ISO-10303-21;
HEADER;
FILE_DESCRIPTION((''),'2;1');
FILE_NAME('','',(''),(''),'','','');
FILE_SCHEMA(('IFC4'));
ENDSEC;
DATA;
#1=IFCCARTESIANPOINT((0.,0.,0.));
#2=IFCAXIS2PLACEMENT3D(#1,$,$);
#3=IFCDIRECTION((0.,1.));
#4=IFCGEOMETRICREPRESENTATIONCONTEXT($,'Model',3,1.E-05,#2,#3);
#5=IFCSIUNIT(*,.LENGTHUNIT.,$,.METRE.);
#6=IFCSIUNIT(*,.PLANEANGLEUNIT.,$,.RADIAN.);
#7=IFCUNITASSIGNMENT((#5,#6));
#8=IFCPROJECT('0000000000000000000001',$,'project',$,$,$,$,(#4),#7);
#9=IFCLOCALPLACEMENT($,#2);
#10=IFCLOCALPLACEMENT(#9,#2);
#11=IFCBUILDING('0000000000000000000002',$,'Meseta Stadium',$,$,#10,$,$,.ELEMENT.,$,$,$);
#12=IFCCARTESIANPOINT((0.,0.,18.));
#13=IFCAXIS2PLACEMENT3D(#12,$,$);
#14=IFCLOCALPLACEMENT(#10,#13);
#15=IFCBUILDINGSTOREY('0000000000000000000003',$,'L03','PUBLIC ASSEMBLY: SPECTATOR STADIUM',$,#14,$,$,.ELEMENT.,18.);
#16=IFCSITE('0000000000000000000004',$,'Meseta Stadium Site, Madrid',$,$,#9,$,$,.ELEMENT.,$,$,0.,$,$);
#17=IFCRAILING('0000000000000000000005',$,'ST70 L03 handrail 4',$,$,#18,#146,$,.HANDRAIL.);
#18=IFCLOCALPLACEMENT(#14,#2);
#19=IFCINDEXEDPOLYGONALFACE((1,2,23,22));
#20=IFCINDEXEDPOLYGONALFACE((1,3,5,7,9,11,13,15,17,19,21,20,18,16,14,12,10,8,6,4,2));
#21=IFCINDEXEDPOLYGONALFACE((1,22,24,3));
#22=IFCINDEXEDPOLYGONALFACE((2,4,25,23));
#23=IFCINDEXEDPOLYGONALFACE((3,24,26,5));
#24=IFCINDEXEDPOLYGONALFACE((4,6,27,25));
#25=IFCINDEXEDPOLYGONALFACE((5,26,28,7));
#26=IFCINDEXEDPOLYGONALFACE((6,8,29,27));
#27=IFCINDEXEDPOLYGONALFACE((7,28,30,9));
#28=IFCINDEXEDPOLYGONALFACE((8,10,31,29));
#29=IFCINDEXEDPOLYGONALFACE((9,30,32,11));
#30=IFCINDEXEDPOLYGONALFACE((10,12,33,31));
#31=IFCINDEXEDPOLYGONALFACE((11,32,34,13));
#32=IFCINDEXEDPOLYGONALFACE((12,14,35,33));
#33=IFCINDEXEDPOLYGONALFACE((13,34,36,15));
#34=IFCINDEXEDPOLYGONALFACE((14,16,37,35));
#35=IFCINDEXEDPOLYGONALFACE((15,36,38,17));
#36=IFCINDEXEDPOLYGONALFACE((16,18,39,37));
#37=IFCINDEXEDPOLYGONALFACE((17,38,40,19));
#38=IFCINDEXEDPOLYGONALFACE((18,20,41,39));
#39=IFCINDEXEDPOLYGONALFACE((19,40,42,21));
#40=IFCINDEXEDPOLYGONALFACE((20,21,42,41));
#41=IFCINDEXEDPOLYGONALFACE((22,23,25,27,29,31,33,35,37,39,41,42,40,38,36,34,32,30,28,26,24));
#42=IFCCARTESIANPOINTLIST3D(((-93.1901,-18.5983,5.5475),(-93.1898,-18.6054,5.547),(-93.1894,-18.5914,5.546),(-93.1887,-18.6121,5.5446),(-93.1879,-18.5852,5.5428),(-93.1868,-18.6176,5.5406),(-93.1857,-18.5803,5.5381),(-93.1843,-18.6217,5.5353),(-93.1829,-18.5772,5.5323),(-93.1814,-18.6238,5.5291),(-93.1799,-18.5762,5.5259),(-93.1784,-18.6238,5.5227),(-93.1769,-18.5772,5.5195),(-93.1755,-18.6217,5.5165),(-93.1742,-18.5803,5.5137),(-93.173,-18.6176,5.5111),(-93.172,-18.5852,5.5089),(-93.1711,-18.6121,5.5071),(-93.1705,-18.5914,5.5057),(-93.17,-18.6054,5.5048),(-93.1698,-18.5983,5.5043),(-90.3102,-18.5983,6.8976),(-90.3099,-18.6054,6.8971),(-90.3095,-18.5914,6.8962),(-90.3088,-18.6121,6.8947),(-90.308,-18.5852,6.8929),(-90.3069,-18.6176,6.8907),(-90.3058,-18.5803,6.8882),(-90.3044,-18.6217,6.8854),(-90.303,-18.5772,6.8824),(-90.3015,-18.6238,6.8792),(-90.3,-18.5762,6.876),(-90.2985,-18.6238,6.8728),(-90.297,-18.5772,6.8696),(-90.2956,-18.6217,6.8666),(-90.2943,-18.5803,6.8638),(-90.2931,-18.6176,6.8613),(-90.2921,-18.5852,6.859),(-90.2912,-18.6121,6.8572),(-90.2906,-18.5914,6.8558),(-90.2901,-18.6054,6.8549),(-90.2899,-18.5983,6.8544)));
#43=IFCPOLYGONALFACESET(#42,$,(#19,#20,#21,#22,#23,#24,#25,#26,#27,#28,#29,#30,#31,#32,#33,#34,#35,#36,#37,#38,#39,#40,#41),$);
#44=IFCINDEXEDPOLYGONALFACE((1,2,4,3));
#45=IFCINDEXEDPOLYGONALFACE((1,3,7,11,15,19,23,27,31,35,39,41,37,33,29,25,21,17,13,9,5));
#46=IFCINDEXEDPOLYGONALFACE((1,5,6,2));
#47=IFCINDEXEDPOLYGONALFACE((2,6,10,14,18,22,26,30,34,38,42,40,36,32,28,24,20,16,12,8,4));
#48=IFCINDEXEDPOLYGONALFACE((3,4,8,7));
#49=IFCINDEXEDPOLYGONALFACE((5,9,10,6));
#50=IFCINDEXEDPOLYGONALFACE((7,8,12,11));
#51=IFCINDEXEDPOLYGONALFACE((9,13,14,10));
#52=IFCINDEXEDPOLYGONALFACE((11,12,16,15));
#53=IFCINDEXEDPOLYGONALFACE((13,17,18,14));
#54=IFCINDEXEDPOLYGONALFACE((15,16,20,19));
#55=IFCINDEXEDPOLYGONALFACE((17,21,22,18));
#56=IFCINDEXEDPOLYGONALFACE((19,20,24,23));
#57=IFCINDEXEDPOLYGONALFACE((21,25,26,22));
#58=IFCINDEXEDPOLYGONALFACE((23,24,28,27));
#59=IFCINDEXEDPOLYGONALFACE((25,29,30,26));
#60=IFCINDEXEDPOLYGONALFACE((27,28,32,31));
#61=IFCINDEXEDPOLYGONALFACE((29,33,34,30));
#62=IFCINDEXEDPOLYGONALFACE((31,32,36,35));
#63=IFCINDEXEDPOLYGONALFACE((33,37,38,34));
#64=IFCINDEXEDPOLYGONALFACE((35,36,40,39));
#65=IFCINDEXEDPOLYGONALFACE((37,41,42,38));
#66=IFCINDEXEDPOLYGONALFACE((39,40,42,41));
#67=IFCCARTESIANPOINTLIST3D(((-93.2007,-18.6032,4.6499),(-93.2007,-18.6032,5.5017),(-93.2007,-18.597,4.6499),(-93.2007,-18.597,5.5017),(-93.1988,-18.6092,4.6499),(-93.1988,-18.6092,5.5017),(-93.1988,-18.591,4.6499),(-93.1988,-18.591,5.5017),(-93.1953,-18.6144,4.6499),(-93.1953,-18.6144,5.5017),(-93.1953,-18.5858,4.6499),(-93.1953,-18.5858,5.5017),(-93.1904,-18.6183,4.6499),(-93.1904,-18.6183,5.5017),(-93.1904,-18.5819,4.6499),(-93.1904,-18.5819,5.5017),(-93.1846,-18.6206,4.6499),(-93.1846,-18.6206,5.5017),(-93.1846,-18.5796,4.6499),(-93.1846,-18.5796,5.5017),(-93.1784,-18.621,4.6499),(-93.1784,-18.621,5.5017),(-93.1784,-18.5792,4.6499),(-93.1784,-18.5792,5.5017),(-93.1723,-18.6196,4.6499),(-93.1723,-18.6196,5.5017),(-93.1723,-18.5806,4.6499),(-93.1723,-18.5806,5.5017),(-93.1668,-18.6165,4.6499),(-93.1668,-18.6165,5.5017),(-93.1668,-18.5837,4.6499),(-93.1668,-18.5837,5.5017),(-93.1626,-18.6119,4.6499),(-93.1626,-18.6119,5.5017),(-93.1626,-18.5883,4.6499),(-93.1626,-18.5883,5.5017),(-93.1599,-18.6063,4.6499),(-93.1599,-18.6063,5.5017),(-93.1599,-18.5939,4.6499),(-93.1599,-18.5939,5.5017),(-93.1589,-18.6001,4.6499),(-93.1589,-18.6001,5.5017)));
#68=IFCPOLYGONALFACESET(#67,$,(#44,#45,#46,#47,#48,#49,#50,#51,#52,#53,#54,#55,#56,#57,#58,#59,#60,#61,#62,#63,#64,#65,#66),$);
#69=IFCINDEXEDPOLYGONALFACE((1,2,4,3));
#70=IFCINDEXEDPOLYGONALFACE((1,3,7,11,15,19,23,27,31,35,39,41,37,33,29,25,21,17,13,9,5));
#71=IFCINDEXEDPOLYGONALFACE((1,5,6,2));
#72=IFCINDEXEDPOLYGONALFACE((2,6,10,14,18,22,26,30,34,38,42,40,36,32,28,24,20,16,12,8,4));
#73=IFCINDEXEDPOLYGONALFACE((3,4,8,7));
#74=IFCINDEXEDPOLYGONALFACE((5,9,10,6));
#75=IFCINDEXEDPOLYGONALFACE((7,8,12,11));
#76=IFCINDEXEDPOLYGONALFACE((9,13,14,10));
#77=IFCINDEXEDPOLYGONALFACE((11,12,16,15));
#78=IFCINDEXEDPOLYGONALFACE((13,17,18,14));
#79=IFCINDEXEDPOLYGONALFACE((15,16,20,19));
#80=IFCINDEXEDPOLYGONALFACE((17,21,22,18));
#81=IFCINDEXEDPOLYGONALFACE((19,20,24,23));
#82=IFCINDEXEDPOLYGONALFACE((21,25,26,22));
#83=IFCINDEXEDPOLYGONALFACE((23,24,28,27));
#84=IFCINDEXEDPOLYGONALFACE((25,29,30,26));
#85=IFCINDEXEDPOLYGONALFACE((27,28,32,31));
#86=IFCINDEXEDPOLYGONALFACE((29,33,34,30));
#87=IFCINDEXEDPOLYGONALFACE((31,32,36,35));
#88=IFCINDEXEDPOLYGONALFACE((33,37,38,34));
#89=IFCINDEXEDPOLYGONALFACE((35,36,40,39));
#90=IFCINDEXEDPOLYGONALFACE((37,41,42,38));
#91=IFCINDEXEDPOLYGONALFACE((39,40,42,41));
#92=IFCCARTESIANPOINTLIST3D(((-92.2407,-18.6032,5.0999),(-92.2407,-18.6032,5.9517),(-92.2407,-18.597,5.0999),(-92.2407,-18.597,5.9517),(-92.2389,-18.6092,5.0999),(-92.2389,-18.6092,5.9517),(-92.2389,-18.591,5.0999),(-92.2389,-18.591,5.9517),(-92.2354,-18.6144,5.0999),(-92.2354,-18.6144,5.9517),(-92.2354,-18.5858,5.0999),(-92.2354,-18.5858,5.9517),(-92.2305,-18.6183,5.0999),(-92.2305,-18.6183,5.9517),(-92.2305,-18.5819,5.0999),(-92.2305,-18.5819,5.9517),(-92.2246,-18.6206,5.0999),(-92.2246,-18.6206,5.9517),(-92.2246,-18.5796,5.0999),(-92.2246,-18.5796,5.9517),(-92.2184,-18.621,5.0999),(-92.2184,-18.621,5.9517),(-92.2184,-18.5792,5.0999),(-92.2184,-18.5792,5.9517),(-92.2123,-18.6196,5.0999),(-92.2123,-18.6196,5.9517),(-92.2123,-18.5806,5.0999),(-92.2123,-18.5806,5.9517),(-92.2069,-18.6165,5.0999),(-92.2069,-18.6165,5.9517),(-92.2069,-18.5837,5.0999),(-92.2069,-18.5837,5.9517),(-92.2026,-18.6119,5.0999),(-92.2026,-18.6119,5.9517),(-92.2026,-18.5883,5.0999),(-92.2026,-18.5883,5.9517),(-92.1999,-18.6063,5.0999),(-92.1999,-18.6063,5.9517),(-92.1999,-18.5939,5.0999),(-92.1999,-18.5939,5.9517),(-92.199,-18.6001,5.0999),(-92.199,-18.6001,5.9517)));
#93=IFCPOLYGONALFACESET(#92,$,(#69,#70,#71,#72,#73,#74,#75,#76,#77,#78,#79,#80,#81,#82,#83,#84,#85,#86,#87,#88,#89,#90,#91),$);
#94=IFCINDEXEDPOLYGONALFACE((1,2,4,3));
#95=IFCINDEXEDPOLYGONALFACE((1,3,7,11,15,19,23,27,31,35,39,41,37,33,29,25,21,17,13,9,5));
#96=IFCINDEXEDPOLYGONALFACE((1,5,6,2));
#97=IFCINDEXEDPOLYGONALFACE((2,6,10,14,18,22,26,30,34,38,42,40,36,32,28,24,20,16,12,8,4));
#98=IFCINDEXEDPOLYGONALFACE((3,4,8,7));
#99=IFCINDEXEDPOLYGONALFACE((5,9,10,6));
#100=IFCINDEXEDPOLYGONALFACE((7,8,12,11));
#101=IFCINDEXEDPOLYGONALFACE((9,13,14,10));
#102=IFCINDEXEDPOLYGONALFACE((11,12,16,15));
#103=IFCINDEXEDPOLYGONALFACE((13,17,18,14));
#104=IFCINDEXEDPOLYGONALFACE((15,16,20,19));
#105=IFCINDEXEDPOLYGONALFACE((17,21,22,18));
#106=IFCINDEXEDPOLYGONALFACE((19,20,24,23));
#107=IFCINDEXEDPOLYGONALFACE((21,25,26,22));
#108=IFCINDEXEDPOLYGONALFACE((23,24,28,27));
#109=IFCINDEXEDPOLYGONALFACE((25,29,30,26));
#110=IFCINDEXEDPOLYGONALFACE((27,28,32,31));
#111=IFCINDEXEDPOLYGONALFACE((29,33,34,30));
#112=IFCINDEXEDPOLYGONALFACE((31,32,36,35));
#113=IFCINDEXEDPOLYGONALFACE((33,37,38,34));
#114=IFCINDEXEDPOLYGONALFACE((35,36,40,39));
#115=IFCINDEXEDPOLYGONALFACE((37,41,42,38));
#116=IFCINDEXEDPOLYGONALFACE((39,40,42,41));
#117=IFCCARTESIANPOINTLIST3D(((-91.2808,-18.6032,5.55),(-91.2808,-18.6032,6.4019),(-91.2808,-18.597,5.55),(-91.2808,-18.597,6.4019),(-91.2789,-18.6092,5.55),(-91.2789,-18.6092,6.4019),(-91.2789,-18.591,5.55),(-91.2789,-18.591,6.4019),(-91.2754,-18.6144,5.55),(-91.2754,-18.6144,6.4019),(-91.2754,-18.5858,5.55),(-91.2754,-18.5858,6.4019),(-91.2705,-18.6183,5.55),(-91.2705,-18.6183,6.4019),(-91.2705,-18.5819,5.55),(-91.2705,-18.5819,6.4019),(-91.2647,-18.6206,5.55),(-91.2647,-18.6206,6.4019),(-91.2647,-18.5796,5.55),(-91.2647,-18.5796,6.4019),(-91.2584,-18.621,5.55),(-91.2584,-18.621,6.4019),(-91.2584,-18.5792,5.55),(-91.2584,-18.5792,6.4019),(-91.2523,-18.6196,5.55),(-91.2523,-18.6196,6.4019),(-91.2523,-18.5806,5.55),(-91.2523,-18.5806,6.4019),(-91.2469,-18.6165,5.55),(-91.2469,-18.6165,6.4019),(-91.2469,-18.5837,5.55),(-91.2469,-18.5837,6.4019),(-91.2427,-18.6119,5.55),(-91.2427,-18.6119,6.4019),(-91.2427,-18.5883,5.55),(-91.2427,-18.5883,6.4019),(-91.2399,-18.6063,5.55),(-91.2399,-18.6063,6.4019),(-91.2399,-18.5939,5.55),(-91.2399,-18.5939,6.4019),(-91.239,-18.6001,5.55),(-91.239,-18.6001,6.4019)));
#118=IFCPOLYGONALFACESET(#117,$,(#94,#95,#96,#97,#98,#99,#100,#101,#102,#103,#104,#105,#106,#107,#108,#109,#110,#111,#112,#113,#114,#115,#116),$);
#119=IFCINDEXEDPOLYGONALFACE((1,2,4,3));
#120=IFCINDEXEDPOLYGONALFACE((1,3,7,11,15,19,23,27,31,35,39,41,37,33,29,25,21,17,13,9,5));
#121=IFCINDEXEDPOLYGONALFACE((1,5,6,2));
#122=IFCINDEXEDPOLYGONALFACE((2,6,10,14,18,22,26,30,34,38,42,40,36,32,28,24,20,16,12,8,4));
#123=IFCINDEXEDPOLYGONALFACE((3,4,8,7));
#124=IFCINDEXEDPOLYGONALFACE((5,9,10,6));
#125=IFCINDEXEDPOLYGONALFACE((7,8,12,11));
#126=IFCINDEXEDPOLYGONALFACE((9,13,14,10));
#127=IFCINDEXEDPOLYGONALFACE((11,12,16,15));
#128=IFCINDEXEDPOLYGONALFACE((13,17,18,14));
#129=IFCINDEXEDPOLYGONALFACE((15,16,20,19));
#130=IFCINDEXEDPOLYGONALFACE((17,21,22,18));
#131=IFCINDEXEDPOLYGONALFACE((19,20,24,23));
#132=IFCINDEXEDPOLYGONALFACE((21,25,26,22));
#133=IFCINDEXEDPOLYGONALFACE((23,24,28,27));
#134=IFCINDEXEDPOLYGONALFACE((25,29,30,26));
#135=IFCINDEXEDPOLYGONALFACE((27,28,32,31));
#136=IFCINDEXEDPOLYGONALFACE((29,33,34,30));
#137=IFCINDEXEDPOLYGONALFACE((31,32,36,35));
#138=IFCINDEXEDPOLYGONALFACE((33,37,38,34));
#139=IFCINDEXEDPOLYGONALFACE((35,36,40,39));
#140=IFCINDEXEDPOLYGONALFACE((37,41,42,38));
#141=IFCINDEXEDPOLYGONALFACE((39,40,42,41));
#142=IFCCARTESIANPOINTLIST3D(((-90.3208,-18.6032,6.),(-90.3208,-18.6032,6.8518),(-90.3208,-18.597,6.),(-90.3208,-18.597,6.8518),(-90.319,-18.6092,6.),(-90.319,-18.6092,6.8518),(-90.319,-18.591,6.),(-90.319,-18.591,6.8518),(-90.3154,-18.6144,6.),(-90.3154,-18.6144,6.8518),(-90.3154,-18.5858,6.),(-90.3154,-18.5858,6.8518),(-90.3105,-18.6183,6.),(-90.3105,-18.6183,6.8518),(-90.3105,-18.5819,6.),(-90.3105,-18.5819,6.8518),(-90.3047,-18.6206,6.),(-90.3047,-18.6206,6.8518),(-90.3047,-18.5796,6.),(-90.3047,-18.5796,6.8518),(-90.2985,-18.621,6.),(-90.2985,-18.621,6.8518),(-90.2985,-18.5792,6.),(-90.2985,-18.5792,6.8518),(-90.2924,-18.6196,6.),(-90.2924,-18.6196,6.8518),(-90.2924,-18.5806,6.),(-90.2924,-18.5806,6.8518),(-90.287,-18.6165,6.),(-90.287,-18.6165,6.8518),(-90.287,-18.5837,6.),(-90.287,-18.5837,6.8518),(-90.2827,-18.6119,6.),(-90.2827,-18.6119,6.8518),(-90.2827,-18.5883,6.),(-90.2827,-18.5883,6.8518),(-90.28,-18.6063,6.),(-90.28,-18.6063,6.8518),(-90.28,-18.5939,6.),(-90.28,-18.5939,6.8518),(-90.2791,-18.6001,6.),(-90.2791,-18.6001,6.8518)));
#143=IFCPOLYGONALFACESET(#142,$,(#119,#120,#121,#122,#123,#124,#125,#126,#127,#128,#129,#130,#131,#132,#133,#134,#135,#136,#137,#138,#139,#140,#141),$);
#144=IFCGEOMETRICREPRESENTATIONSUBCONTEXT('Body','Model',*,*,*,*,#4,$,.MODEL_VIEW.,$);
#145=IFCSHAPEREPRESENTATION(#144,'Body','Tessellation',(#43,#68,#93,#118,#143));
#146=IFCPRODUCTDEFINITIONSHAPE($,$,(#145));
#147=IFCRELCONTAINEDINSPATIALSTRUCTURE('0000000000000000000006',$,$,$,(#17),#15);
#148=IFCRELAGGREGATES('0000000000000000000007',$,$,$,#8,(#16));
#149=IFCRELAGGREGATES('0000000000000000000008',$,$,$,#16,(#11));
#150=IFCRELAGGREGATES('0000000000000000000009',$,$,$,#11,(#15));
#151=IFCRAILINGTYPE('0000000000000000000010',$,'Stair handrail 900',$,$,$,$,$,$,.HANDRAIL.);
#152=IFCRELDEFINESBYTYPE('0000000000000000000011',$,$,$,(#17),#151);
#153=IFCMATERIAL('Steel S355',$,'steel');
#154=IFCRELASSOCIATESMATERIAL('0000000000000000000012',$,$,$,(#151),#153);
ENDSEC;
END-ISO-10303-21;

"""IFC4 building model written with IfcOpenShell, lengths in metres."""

from ifc_helpers import new_model, si_unit, direction, frame, origin, origin_2d, place, context, subcontext, project, spatial, circle, extrude, material, type_object, element, save


model = new_model("IFC4")

# Units and contexts
model_context = context("Model", 3, precision=1e-05, world=origin(), true_north=direction((0.0, 1.0)))
body_context = subcontext(model_context, "Body", "Model", "MODEL_VIEW")
ifc_project = project(units=[si_unit("LENGTHUNIT", "METRE"), si_unit("PLANEANGLEUNIT", "RADIAN")], contexts=[model_context])

# Site, building, storey
site_placement = place(None, origin())
site = spatial("IfcSite", under=ifc_project, at=site_placement, Name="Meseta Stadium Site, Madrid", CompositionType="ELEMENT", RefElevation=0.0)
building_placement = place(site_placement, origin())
building = spatial("IfcBuilding", under=site, at=building_placement, Name="Meseta Stadium", CompositionType="ELEMENT")
storey_placement = place(building_placement, frame((0.0, 0.0, 18.0)))
storey = spatial("IfcBuildingStorey", under=building, at=storey_placement, Name="L03", Description="PUBLIC ASSEMBLY: SPECTATOR STADIUM", CompositionType="ELEMENT", Elevation=18.0)

# Railing
ifc_material_1 = material(Name="Steel S355", Category="steel")
railing_type_1 = type_object("IfcRailingType", Name="Stair handrail 900", PredefinedType="HANDRAIL", material=ifc_material_1)
for number, where, name in (
    (1, (-93.1799, -18.6001, 4.6499), "ST70 L03 handrail 4"),
):
    element("IfcRailing", number, at=place(storey_placement, frame(where)), inside=storey, type_object=railing_type_1, Name=name, PredefinedType="HANDRAIL", context=body_context, shape_type="SweptSolid", body=[
        extrude(circle(Radius=0.0239, at=origin_2d()), frame((0.0, 0.0, 0.876), z_axis=(0.90544, 0.0, 0.424473), x_axis=(0.0, 1.0, 0.0)), (0.0, 0.0, 1.0), 3.1807),
        extrude(circle(Radius=0.021, at=origin_2d()), origin(), (0.0, 0.0, 1.0), 0.8518),
        extrude(circle(Radius=0.021, at=origin_2d()), frame((0.96, 0.0, 0.45)), (0.0, 0.0, 1.0), 0.8518),
        extrude(circle(Radius=0.021, at=origin_2d()), frame((1.9199, 0.0, 0.9001)), (0.0, 0.0, 1.0), 0.8518),
        extrude(circle(Radius=0.021, at=origin_2d()), frame((2.8799, 0.0, 1.3501)), (0.0, 0.0, 1.0), 0.8518),
    ])

save(model, "model.ifc")
